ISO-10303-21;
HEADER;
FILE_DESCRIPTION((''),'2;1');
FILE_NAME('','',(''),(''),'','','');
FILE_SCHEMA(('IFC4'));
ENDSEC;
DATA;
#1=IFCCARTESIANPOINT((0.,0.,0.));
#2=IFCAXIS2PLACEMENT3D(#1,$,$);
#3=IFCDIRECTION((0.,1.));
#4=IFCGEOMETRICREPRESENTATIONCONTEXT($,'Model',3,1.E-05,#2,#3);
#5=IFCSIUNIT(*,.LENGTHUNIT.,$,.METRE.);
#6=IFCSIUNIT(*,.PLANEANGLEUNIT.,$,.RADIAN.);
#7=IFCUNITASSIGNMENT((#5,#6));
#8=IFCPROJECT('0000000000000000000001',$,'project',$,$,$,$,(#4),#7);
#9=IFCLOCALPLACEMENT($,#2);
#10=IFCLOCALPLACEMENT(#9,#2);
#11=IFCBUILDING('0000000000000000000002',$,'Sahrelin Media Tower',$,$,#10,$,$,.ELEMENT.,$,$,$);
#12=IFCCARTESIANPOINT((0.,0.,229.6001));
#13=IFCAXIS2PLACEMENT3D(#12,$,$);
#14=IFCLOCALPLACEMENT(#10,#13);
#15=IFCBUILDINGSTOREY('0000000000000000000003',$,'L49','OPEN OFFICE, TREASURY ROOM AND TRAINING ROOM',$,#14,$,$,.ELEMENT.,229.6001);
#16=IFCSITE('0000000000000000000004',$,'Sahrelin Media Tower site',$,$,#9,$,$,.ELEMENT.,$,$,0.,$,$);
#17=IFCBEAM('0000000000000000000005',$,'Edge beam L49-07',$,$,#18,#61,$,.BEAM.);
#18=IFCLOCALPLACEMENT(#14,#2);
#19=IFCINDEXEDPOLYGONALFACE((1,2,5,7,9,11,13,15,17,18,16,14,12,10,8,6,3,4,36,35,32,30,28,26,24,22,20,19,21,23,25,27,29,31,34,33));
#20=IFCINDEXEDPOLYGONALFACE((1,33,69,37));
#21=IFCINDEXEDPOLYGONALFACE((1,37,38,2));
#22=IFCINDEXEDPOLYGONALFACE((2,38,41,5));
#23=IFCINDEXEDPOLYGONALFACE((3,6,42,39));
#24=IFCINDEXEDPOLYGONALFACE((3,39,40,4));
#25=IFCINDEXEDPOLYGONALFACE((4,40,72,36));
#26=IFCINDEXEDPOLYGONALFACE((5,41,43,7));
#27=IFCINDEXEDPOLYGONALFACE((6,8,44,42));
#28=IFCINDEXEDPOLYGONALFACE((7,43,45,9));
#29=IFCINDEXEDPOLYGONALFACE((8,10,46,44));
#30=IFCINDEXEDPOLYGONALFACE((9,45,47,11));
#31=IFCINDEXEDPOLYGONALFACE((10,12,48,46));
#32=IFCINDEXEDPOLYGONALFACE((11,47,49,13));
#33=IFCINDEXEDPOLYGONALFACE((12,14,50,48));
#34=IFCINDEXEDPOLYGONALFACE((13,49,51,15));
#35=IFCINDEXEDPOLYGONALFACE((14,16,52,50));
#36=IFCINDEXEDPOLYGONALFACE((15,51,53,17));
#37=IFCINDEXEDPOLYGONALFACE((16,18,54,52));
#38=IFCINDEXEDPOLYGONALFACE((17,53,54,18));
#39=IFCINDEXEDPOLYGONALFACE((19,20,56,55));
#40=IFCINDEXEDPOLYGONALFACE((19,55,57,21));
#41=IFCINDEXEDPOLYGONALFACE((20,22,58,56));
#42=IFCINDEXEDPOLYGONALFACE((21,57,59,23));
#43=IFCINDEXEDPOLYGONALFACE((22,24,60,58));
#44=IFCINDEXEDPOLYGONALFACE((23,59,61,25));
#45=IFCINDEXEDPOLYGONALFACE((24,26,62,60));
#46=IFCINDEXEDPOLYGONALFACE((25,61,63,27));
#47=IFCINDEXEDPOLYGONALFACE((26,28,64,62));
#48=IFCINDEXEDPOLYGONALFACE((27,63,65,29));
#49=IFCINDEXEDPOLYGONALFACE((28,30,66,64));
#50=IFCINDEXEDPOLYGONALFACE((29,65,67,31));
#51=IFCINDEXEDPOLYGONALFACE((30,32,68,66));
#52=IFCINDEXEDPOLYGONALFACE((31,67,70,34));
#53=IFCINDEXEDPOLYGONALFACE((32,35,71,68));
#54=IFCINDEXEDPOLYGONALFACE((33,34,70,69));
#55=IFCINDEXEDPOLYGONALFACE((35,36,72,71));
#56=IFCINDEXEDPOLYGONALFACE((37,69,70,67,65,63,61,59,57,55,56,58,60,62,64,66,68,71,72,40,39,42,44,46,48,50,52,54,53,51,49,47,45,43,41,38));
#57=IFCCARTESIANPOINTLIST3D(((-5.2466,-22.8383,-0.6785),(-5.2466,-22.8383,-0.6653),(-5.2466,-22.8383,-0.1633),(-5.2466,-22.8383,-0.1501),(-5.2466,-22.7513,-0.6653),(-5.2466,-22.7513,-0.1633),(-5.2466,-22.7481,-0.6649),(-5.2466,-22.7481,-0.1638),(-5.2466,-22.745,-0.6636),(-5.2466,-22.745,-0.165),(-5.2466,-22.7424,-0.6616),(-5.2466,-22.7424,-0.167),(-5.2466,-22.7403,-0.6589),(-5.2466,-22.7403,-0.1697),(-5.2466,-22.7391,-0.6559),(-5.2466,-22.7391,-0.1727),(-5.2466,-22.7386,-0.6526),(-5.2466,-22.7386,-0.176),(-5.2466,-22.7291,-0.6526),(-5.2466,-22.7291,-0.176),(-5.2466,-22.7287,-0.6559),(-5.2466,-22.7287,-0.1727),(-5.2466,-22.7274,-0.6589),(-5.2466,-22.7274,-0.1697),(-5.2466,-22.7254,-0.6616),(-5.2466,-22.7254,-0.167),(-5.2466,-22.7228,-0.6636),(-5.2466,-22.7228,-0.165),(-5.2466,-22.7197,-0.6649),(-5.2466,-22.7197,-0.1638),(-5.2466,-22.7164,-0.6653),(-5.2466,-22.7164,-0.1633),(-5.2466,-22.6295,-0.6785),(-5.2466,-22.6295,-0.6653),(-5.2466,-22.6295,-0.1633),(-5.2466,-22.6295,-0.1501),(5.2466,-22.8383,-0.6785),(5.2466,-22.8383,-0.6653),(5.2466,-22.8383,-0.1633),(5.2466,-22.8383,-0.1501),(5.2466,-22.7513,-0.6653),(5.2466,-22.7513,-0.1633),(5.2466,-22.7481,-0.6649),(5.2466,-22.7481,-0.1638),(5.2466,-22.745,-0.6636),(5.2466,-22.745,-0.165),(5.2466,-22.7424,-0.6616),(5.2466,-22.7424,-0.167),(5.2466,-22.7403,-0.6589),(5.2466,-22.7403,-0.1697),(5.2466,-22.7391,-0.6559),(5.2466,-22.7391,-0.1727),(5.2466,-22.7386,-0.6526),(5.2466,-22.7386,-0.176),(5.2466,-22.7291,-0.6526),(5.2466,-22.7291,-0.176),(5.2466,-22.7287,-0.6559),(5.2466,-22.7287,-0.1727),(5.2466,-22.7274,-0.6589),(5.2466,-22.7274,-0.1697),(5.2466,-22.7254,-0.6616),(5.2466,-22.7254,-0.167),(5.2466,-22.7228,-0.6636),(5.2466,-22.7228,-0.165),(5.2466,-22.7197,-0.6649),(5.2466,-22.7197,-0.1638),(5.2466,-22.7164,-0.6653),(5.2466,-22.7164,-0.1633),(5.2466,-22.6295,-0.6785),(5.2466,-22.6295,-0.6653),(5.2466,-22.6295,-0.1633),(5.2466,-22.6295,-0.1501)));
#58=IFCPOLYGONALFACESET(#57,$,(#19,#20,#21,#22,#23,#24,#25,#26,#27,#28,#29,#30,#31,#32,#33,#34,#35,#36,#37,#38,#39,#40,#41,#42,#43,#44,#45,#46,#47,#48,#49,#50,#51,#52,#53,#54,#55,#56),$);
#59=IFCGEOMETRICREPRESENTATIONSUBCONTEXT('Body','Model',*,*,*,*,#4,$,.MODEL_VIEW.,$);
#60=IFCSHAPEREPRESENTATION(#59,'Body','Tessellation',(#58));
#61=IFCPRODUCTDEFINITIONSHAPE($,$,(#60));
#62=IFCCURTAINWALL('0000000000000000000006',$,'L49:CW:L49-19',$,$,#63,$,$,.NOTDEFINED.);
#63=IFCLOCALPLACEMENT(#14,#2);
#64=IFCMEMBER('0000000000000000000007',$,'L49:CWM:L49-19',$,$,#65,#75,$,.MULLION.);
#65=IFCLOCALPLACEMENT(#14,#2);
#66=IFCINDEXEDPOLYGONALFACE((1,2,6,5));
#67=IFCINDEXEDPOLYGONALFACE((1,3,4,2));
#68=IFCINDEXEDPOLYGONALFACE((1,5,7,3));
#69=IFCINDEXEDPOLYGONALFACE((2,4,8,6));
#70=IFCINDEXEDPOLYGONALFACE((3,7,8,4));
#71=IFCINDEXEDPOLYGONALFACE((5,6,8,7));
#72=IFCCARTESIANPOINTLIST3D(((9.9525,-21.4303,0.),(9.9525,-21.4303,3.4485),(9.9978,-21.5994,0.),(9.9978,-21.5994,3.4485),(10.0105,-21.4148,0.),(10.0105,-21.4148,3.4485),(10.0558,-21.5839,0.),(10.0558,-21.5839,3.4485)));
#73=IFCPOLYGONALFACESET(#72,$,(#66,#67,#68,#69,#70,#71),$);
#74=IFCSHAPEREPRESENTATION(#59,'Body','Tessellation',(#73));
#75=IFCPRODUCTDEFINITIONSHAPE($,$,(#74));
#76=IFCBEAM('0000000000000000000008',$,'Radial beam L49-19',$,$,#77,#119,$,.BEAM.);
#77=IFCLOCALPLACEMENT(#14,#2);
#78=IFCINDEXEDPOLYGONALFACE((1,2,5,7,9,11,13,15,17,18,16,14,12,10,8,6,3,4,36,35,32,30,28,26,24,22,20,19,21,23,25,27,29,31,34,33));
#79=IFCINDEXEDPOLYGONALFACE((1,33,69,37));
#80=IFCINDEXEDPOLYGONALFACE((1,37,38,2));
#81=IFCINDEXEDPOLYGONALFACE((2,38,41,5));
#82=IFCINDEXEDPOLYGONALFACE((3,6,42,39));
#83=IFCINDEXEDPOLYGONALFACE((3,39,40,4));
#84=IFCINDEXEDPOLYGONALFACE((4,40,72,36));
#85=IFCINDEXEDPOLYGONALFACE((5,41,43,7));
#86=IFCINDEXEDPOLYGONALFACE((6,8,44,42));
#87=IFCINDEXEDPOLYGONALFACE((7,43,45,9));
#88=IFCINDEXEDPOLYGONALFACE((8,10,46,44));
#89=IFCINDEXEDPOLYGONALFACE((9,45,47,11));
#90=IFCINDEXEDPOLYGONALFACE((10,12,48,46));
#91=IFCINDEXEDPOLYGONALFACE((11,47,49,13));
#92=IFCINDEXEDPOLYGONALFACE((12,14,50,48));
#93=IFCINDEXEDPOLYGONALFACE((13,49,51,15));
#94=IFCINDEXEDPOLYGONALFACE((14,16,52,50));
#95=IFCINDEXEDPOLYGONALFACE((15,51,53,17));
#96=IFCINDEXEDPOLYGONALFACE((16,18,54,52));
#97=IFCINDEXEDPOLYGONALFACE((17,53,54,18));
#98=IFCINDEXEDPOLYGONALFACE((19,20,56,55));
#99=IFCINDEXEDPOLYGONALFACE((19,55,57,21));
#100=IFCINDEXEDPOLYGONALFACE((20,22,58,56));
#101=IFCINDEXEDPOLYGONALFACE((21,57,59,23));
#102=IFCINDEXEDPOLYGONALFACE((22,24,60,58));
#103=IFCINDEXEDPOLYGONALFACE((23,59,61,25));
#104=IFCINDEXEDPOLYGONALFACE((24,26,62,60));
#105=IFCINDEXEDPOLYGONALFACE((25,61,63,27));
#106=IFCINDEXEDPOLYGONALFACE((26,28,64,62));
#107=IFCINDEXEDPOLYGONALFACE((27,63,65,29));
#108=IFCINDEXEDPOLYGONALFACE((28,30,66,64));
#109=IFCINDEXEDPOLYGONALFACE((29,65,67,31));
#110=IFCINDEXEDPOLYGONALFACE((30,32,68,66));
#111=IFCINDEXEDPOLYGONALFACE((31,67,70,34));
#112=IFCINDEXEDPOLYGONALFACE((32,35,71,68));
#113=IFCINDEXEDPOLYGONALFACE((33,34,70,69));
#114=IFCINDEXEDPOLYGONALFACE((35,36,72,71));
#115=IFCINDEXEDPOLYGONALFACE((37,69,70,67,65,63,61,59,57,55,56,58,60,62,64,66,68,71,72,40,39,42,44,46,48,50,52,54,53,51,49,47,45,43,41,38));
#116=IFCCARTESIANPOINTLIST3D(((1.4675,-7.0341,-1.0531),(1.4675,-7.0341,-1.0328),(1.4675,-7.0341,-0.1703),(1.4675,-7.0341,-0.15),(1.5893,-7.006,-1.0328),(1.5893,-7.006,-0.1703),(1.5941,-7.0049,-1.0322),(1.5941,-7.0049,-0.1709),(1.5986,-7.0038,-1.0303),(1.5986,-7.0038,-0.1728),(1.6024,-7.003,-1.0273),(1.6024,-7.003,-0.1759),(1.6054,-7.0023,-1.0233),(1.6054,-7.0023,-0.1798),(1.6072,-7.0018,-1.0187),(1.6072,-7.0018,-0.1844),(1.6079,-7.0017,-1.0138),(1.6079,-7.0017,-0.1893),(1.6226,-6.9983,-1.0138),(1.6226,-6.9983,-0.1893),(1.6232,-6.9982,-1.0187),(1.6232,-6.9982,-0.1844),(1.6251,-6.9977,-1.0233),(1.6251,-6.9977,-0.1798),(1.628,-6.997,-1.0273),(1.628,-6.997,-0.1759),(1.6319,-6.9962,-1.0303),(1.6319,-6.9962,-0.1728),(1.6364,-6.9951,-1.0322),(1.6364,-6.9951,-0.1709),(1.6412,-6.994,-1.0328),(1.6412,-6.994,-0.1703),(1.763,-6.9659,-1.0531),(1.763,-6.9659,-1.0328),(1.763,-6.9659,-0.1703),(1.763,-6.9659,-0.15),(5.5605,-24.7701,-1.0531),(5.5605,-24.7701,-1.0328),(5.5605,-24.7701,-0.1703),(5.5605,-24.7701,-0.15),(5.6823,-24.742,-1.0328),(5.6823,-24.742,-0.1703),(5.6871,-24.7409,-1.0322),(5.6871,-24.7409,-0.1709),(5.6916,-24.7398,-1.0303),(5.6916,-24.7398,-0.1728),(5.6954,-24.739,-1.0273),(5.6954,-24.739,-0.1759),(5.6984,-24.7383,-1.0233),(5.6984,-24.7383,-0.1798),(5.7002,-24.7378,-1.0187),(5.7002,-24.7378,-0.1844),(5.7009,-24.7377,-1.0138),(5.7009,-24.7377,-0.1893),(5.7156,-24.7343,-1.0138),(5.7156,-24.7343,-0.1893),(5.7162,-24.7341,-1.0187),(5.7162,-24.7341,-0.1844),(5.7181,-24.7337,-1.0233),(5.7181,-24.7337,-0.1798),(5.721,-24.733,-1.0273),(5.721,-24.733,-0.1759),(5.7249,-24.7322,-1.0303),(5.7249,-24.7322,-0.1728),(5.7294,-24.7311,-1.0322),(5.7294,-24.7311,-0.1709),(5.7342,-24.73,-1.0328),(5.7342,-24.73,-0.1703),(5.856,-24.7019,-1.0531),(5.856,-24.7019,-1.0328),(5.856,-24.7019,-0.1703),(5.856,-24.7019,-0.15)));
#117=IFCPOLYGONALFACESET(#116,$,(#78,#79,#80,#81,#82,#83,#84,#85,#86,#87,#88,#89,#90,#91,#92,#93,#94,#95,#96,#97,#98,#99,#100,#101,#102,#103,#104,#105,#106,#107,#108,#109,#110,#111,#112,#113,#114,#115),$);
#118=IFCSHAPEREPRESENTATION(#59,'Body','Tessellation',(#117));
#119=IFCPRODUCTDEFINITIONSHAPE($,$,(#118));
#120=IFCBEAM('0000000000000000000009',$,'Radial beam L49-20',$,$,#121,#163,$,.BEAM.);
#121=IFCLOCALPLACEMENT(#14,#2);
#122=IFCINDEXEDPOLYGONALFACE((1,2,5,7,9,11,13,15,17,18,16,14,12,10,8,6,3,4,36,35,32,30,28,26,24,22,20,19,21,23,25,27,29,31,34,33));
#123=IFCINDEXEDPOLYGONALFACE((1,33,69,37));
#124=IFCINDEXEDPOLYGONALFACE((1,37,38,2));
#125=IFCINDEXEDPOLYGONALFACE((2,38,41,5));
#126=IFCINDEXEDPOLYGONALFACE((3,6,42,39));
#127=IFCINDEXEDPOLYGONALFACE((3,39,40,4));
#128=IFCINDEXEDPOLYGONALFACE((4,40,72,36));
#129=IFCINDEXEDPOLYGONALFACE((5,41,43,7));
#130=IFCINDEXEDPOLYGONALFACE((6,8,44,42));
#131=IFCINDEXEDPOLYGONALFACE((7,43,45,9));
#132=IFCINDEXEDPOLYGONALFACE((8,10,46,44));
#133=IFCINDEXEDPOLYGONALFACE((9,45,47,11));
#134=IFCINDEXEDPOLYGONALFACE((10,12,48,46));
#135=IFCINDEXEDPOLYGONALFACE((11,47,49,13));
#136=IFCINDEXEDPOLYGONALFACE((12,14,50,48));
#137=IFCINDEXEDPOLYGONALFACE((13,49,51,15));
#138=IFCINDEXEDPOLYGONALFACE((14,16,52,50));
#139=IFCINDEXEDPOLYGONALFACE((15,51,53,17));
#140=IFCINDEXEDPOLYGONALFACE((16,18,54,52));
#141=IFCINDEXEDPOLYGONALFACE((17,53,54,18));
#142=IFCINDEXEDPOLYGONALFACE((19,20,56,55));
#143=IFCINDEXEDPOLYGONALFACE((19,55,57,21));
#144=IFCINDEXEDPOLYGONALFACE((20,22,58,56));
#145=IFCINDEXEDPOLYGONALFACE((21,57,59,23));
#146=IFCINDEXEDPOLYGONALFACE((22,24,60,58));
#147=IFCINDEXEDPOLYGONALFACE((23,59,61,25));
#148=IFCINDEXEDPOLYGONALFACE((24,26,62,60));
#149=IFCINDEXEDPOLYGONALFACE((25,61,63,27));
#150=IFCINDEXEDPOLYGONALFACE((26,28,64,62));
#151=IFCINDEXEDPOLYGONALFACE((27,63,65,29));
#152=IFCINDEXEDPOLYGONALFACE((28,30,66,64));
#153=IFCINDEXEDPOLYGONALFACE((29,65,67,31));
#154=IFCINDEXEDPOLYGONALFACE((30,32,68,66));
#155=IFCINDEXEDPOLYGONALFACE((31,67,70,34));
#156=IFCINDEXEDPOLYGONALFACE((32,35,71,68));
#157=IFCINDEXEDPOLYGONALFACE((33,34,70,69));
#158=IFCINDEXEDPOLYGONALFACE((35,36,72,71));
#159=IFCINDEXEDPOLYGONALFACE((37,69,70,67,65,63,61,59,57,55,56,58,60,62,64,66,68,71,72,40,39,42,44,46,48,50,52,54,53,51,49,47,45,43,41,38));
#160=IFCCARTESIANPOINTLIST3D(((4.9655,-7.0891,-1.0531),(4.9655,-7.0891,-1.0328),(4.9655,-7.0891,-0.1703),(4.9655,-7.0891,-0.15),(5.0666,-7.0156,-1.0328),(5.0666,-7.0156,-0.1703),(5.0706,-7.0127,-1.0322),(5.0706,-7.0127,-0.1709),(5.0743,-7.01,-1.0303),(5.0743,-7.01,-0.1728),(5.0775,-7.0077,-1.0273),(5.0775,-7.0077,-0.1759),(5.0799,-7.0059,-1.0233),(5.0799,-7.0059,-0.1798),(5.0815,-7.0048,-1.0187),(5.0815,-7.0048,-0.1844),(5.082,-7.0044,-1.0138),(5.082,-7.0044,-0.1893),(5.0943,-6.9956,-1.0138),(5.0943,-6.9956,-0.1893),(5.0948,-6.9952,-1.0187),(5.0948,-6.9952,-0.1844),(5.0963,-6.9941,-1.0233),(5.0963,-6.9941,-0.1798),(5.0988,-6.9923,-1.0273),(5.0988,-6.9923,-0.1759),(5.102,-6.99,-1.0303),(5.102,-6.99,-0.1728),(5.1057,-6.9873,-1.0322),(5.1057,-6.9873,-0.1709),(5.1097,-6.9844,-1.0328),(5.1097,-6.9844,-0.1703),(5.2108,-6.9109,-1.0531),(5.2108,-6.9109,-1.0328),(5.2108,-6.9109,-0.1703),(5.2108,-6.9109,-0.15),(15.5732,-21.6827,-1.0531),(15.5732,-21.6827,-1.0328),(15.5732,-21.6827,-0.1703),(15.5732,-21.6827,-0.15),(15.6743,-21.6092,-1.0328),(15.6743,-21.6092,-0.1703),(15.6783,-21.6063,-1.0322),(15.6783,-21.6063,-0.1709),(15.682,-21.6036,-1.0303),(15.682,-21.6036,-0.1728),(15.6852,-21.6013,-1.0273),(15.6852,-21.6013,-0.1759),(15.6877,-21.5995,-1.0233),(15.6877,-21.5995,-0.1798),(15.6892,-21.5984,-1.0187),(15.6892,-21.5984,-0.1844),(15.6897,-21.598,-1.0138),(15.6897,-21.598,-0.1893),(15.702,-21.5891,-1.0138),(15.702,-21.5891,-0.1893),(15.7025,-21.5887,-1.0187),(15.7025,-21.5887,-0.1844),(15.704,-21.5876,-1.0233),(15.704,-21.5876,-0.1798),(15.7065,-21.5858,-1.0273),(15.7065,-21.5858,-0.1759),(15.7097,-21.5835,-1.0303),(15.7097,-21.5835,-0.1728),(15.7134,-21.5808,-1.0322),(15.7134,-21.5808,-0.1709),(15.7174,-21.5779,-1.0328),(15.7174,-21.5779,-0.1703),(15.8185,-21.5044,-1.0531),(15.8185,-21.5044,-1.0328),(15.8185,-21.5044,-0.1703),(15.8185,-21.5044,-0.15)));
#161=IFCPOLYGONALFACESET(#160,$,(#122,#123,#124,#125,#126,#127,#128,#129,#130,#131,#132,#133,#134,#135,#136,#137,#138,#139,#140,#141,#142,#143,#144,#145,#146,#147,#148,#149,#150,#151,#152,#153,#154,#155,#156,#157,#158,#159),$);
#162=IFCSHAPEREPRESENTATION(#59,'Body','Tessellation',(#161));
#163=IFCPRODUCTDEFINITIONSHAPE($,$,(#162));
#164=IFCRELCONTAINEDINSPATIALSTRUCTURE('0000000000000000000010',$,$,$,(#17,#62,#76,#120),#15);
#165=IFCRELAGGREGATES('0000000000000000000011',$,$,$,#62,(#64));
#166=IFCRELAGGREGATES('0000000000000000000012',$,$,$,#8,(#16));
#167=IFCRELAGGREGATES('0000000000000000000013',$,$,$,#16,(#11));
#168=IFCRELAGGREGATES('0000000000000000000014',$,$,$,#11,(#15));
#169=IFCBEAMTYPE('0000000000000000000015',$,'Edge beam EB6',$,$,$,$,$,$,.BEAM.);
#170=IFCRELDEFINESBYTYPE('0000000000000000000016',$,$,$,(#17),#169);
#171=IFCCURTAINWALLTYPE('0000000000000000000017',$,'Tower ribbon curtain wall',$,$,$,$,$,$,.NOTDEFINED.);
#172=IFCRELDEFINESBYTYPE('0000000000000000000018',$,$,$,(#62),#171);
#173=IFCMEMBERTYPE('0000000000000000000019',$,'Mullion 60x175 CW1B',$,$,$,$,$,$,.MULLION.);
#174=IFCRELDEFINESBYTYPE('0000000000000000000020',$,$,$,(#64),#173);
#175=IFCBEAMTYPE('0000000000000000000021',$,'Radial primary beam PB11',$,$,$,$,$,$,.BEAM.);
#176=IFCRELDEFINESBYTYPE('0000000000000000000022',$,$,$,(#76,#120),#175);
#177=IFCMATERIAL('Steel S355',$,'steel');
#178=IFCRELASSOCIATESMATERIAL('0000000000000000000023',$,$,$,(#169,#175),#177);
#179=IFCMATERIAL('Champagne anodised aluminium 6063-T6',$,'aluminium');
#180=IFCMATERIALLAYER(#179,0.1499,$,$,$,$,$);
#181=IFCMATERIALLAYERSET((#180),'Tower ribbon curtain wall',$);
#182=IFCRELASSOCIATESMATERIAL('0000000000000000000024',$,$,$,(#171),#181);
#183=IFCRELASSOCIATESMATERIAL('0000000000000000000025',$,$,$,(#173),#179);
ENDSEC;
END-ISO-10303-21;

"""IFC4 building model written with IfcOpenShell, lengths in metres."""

from ifc_helpers import new_model, si_unit, direction, frame, origin, origin_2d, place, context, subcontext, project, spatial, rectangle, i_section, extrude, material, layer, layer_set, material_profile, profile_set, type_object, element, aggregate, save


model = new_model("IFC4")

# Units and contexts
model_context = context("Model", 3, precision=1e-05, world=origin(), true_north=direction((0.0, 1.0)))
body_context = subcontext(model_context, "Body", "Model", "MODEL_VIEW")
ifc_project = project(units=[si_unit("LENGTHUNIT", "METRE"), si_unit("PLANEANGLEUNIT", "RADIAN")], contexts=[model_context])

# Site, building, storey
site_placement = place(None, origin())
site = spatial("IfcSite", under=ifc_project, at=site_placement, Name="Sahrelin Media Tower site", CompositionType="ELEMENT", RefElevation=0.0)
building_placement = place(site_placement, origin())
building = spatial("IfcBuilding", under=site, at=building_placement, Name="Sahrelin Media Tower", CompositionType="ELEMENT")
storey_placement = place(building_placement, frame((0.0, 0.0, 229.6001)))
storey = spatial("IfcBuildingStorey", under=building, at=storey_placement, Name="L49", Description="OPEN OFFICE, TREASURY ROOM AND TRAINING ROOM", CompositionType="ELEMENT", Elevation=229.6001)

# Beam
ifc_material_1 = material(Name="Steel S355", Category="steel")
ifc_material_profile_1 = material_profile(ifc_material_1, i_section(OverallWidth=0.2087, OverallDepth=0.5283, WebThickness=0.0095, FlangeThickness=0.0132, FilletRadius=0.0127, at=origin_2d()), Name="UB 533x210x82")
ifc_profile_set_1 = profile_set([ifc_material_profile_1], Name="Steel S355")
beam_type_1 = type_object("IfcBeamType", Name="Edge beam EB6", PredefinedType="BEAM", material=ifc_profile_set_1)
beam_1_placement = place(storey_placement, frame((5.2466, -22.7339, -0.4143), z_axis=(-1.0, 0.0, 0.0), x_axis=(0.0, -1.0, 0.0)))
element("IfcBeam", 1, at=beam_1_placement, inside=storey, type_object=beam_type_1, Name="Edge beam L49-07", PredefinedType="BEAM", context=body_context, shape_type="SweptSolid", body=[
    extrude(i_section(OverallWidth=0.2087, OverallDepth=0.5283, WebThickness=0.0095, FlangeThickness=0.0132, FilletRadius=0.0127, at=origin_2d()), origin(), (0.0, 0.0, 1.0), 10.4932),
])

# Curtain wall, member
ifc_material_2 = material(Name="Champagne anodised aluminium 6063-T6", Category="aluminium")
ifc_layer_1 = layer(ifc_material_2, 0.1499)
ifc_layer_set_1 = layer_set([ifc_layer_1], Name="Tower ribbon curtain wall")
curtain_wall_type = type_object("IfcCurtainWallType", Name="Tower ribbon curtain wall", PredefinedType="NOTDEFINED", material=ifc_layer_set_1)
curtain_wall_placement = place(storey_placement, frame((10.032, -21.6111, 0.0), z_axis=(0.0, 0.0, 1.0), x_axis=(1.0, 0.0, 0.0)))
curtain_wall = element("IfcCurtainWall", 2, at=curtain_wall_placement, inside=storey, type_object=curtain_wall_type, Name="L49:CW:L49-19", PredefinedType="NOTDEFINED")
ifc_material_profile_2 = material_profile(ifc_material_2, rectangle(XDim=0.0601, YDim=0.175, at=origin_2d()), Name="Mullion 60x175")
ifc_profile_set_2 = profile_set([ifc_material_profile_2], Name="Champagne anodised aluminium 6063-T6")
member_type_1 = type_object("IfcMemberType", Name="Mullion 60x175 CW1B", PredefinedType="MULLION", material=ifc_profile_set_2)
member_1_placement = place(storey_placement, frame((10.0042, -21.5071, 0.0), z_axis=(0.0, 0.0, 1.0), x_axis=(0.965926, 0.258819, 0.0)))
member_1 = element("IfcMember", 3, at=member_1_placement, type_object=member_type_1, Name="L49:CWM:L49-19", PredefinedType="MULLION", context=body_context, shape_type="SweptSolid", body=[
    extrude(rectangle(XDim=0.0601, YDim=0.175, at=origin_2d()), origin(), (0.0, 0.0, 1.0), 3.4485),
])

# Beams
ifc_material_profile_3 = material_profile(ifc_material_1, i_section(OverallWidth=0.3032, OverallDepth=0.9031, WebThickness=0.0151, FlangeThickness=0.0203, FilletRadius=0.019, at=origin_2d()), Name="UB 914x305x201")
ifc_profile_set_3 = profile_set([ifc_material_profile_3], Name="Steel S355")
beam_type_2 = type_object("IfcBeamType", Name="Radial primary beam PB11", PredefinedType="BEAM", material=ifc_profile_set_3)
beam_2_placement = place(storey_placement, frame((1.6152, -7.0, -0.6016), z_axis=(0.224863, -0.97439, 0.0), x_axis=(0.97439, 0.224863, 0.0)))
element("IfcBeam", 4, at=beam_2_placement, inside=storey, type_object=beam_type_2, Name="Radial beam L49-19", PredefinedType="BEAM", context=body_context, shape_type="SweptSolid", body=[
    extrude(i_section(OverallWidth=0.3032, OverallDepth=0.9031, WebThickness=0.0151, FlangeThickness=0.0203, FilletRadius=0.019, at=origin_2d()), origin(), (0.0, 0.0, 1.0), 18.2021),
])
beam_3_placement = place(storey_placement, frame((5.0881, -7.0, -0.6016), z_axis=(0.587962, -0.808889, 0.0), x_axis=(0.808889, 0.587962, 0.0)))
element("IfcBeam", 5, at=beam_3_placement, inside=storey, type_object=beam_type_2, Name="Radial beam L49-20", PredefinedType="BEAM", context=body_context, shape_type="SweptSolid", body=[
    extrude(i_section(OverallWidth=0.3032, OverallDepth=0.9031, WebThickness=0.0151, FlangeThickness=0.0203, FilletRadius=0.019, at=origin_2d()), origin(), (0.0, 0.0, 1.0), 18.0415),
])

aggregate(curtain_wall, [member_1])

save(model, "model.ifc")
